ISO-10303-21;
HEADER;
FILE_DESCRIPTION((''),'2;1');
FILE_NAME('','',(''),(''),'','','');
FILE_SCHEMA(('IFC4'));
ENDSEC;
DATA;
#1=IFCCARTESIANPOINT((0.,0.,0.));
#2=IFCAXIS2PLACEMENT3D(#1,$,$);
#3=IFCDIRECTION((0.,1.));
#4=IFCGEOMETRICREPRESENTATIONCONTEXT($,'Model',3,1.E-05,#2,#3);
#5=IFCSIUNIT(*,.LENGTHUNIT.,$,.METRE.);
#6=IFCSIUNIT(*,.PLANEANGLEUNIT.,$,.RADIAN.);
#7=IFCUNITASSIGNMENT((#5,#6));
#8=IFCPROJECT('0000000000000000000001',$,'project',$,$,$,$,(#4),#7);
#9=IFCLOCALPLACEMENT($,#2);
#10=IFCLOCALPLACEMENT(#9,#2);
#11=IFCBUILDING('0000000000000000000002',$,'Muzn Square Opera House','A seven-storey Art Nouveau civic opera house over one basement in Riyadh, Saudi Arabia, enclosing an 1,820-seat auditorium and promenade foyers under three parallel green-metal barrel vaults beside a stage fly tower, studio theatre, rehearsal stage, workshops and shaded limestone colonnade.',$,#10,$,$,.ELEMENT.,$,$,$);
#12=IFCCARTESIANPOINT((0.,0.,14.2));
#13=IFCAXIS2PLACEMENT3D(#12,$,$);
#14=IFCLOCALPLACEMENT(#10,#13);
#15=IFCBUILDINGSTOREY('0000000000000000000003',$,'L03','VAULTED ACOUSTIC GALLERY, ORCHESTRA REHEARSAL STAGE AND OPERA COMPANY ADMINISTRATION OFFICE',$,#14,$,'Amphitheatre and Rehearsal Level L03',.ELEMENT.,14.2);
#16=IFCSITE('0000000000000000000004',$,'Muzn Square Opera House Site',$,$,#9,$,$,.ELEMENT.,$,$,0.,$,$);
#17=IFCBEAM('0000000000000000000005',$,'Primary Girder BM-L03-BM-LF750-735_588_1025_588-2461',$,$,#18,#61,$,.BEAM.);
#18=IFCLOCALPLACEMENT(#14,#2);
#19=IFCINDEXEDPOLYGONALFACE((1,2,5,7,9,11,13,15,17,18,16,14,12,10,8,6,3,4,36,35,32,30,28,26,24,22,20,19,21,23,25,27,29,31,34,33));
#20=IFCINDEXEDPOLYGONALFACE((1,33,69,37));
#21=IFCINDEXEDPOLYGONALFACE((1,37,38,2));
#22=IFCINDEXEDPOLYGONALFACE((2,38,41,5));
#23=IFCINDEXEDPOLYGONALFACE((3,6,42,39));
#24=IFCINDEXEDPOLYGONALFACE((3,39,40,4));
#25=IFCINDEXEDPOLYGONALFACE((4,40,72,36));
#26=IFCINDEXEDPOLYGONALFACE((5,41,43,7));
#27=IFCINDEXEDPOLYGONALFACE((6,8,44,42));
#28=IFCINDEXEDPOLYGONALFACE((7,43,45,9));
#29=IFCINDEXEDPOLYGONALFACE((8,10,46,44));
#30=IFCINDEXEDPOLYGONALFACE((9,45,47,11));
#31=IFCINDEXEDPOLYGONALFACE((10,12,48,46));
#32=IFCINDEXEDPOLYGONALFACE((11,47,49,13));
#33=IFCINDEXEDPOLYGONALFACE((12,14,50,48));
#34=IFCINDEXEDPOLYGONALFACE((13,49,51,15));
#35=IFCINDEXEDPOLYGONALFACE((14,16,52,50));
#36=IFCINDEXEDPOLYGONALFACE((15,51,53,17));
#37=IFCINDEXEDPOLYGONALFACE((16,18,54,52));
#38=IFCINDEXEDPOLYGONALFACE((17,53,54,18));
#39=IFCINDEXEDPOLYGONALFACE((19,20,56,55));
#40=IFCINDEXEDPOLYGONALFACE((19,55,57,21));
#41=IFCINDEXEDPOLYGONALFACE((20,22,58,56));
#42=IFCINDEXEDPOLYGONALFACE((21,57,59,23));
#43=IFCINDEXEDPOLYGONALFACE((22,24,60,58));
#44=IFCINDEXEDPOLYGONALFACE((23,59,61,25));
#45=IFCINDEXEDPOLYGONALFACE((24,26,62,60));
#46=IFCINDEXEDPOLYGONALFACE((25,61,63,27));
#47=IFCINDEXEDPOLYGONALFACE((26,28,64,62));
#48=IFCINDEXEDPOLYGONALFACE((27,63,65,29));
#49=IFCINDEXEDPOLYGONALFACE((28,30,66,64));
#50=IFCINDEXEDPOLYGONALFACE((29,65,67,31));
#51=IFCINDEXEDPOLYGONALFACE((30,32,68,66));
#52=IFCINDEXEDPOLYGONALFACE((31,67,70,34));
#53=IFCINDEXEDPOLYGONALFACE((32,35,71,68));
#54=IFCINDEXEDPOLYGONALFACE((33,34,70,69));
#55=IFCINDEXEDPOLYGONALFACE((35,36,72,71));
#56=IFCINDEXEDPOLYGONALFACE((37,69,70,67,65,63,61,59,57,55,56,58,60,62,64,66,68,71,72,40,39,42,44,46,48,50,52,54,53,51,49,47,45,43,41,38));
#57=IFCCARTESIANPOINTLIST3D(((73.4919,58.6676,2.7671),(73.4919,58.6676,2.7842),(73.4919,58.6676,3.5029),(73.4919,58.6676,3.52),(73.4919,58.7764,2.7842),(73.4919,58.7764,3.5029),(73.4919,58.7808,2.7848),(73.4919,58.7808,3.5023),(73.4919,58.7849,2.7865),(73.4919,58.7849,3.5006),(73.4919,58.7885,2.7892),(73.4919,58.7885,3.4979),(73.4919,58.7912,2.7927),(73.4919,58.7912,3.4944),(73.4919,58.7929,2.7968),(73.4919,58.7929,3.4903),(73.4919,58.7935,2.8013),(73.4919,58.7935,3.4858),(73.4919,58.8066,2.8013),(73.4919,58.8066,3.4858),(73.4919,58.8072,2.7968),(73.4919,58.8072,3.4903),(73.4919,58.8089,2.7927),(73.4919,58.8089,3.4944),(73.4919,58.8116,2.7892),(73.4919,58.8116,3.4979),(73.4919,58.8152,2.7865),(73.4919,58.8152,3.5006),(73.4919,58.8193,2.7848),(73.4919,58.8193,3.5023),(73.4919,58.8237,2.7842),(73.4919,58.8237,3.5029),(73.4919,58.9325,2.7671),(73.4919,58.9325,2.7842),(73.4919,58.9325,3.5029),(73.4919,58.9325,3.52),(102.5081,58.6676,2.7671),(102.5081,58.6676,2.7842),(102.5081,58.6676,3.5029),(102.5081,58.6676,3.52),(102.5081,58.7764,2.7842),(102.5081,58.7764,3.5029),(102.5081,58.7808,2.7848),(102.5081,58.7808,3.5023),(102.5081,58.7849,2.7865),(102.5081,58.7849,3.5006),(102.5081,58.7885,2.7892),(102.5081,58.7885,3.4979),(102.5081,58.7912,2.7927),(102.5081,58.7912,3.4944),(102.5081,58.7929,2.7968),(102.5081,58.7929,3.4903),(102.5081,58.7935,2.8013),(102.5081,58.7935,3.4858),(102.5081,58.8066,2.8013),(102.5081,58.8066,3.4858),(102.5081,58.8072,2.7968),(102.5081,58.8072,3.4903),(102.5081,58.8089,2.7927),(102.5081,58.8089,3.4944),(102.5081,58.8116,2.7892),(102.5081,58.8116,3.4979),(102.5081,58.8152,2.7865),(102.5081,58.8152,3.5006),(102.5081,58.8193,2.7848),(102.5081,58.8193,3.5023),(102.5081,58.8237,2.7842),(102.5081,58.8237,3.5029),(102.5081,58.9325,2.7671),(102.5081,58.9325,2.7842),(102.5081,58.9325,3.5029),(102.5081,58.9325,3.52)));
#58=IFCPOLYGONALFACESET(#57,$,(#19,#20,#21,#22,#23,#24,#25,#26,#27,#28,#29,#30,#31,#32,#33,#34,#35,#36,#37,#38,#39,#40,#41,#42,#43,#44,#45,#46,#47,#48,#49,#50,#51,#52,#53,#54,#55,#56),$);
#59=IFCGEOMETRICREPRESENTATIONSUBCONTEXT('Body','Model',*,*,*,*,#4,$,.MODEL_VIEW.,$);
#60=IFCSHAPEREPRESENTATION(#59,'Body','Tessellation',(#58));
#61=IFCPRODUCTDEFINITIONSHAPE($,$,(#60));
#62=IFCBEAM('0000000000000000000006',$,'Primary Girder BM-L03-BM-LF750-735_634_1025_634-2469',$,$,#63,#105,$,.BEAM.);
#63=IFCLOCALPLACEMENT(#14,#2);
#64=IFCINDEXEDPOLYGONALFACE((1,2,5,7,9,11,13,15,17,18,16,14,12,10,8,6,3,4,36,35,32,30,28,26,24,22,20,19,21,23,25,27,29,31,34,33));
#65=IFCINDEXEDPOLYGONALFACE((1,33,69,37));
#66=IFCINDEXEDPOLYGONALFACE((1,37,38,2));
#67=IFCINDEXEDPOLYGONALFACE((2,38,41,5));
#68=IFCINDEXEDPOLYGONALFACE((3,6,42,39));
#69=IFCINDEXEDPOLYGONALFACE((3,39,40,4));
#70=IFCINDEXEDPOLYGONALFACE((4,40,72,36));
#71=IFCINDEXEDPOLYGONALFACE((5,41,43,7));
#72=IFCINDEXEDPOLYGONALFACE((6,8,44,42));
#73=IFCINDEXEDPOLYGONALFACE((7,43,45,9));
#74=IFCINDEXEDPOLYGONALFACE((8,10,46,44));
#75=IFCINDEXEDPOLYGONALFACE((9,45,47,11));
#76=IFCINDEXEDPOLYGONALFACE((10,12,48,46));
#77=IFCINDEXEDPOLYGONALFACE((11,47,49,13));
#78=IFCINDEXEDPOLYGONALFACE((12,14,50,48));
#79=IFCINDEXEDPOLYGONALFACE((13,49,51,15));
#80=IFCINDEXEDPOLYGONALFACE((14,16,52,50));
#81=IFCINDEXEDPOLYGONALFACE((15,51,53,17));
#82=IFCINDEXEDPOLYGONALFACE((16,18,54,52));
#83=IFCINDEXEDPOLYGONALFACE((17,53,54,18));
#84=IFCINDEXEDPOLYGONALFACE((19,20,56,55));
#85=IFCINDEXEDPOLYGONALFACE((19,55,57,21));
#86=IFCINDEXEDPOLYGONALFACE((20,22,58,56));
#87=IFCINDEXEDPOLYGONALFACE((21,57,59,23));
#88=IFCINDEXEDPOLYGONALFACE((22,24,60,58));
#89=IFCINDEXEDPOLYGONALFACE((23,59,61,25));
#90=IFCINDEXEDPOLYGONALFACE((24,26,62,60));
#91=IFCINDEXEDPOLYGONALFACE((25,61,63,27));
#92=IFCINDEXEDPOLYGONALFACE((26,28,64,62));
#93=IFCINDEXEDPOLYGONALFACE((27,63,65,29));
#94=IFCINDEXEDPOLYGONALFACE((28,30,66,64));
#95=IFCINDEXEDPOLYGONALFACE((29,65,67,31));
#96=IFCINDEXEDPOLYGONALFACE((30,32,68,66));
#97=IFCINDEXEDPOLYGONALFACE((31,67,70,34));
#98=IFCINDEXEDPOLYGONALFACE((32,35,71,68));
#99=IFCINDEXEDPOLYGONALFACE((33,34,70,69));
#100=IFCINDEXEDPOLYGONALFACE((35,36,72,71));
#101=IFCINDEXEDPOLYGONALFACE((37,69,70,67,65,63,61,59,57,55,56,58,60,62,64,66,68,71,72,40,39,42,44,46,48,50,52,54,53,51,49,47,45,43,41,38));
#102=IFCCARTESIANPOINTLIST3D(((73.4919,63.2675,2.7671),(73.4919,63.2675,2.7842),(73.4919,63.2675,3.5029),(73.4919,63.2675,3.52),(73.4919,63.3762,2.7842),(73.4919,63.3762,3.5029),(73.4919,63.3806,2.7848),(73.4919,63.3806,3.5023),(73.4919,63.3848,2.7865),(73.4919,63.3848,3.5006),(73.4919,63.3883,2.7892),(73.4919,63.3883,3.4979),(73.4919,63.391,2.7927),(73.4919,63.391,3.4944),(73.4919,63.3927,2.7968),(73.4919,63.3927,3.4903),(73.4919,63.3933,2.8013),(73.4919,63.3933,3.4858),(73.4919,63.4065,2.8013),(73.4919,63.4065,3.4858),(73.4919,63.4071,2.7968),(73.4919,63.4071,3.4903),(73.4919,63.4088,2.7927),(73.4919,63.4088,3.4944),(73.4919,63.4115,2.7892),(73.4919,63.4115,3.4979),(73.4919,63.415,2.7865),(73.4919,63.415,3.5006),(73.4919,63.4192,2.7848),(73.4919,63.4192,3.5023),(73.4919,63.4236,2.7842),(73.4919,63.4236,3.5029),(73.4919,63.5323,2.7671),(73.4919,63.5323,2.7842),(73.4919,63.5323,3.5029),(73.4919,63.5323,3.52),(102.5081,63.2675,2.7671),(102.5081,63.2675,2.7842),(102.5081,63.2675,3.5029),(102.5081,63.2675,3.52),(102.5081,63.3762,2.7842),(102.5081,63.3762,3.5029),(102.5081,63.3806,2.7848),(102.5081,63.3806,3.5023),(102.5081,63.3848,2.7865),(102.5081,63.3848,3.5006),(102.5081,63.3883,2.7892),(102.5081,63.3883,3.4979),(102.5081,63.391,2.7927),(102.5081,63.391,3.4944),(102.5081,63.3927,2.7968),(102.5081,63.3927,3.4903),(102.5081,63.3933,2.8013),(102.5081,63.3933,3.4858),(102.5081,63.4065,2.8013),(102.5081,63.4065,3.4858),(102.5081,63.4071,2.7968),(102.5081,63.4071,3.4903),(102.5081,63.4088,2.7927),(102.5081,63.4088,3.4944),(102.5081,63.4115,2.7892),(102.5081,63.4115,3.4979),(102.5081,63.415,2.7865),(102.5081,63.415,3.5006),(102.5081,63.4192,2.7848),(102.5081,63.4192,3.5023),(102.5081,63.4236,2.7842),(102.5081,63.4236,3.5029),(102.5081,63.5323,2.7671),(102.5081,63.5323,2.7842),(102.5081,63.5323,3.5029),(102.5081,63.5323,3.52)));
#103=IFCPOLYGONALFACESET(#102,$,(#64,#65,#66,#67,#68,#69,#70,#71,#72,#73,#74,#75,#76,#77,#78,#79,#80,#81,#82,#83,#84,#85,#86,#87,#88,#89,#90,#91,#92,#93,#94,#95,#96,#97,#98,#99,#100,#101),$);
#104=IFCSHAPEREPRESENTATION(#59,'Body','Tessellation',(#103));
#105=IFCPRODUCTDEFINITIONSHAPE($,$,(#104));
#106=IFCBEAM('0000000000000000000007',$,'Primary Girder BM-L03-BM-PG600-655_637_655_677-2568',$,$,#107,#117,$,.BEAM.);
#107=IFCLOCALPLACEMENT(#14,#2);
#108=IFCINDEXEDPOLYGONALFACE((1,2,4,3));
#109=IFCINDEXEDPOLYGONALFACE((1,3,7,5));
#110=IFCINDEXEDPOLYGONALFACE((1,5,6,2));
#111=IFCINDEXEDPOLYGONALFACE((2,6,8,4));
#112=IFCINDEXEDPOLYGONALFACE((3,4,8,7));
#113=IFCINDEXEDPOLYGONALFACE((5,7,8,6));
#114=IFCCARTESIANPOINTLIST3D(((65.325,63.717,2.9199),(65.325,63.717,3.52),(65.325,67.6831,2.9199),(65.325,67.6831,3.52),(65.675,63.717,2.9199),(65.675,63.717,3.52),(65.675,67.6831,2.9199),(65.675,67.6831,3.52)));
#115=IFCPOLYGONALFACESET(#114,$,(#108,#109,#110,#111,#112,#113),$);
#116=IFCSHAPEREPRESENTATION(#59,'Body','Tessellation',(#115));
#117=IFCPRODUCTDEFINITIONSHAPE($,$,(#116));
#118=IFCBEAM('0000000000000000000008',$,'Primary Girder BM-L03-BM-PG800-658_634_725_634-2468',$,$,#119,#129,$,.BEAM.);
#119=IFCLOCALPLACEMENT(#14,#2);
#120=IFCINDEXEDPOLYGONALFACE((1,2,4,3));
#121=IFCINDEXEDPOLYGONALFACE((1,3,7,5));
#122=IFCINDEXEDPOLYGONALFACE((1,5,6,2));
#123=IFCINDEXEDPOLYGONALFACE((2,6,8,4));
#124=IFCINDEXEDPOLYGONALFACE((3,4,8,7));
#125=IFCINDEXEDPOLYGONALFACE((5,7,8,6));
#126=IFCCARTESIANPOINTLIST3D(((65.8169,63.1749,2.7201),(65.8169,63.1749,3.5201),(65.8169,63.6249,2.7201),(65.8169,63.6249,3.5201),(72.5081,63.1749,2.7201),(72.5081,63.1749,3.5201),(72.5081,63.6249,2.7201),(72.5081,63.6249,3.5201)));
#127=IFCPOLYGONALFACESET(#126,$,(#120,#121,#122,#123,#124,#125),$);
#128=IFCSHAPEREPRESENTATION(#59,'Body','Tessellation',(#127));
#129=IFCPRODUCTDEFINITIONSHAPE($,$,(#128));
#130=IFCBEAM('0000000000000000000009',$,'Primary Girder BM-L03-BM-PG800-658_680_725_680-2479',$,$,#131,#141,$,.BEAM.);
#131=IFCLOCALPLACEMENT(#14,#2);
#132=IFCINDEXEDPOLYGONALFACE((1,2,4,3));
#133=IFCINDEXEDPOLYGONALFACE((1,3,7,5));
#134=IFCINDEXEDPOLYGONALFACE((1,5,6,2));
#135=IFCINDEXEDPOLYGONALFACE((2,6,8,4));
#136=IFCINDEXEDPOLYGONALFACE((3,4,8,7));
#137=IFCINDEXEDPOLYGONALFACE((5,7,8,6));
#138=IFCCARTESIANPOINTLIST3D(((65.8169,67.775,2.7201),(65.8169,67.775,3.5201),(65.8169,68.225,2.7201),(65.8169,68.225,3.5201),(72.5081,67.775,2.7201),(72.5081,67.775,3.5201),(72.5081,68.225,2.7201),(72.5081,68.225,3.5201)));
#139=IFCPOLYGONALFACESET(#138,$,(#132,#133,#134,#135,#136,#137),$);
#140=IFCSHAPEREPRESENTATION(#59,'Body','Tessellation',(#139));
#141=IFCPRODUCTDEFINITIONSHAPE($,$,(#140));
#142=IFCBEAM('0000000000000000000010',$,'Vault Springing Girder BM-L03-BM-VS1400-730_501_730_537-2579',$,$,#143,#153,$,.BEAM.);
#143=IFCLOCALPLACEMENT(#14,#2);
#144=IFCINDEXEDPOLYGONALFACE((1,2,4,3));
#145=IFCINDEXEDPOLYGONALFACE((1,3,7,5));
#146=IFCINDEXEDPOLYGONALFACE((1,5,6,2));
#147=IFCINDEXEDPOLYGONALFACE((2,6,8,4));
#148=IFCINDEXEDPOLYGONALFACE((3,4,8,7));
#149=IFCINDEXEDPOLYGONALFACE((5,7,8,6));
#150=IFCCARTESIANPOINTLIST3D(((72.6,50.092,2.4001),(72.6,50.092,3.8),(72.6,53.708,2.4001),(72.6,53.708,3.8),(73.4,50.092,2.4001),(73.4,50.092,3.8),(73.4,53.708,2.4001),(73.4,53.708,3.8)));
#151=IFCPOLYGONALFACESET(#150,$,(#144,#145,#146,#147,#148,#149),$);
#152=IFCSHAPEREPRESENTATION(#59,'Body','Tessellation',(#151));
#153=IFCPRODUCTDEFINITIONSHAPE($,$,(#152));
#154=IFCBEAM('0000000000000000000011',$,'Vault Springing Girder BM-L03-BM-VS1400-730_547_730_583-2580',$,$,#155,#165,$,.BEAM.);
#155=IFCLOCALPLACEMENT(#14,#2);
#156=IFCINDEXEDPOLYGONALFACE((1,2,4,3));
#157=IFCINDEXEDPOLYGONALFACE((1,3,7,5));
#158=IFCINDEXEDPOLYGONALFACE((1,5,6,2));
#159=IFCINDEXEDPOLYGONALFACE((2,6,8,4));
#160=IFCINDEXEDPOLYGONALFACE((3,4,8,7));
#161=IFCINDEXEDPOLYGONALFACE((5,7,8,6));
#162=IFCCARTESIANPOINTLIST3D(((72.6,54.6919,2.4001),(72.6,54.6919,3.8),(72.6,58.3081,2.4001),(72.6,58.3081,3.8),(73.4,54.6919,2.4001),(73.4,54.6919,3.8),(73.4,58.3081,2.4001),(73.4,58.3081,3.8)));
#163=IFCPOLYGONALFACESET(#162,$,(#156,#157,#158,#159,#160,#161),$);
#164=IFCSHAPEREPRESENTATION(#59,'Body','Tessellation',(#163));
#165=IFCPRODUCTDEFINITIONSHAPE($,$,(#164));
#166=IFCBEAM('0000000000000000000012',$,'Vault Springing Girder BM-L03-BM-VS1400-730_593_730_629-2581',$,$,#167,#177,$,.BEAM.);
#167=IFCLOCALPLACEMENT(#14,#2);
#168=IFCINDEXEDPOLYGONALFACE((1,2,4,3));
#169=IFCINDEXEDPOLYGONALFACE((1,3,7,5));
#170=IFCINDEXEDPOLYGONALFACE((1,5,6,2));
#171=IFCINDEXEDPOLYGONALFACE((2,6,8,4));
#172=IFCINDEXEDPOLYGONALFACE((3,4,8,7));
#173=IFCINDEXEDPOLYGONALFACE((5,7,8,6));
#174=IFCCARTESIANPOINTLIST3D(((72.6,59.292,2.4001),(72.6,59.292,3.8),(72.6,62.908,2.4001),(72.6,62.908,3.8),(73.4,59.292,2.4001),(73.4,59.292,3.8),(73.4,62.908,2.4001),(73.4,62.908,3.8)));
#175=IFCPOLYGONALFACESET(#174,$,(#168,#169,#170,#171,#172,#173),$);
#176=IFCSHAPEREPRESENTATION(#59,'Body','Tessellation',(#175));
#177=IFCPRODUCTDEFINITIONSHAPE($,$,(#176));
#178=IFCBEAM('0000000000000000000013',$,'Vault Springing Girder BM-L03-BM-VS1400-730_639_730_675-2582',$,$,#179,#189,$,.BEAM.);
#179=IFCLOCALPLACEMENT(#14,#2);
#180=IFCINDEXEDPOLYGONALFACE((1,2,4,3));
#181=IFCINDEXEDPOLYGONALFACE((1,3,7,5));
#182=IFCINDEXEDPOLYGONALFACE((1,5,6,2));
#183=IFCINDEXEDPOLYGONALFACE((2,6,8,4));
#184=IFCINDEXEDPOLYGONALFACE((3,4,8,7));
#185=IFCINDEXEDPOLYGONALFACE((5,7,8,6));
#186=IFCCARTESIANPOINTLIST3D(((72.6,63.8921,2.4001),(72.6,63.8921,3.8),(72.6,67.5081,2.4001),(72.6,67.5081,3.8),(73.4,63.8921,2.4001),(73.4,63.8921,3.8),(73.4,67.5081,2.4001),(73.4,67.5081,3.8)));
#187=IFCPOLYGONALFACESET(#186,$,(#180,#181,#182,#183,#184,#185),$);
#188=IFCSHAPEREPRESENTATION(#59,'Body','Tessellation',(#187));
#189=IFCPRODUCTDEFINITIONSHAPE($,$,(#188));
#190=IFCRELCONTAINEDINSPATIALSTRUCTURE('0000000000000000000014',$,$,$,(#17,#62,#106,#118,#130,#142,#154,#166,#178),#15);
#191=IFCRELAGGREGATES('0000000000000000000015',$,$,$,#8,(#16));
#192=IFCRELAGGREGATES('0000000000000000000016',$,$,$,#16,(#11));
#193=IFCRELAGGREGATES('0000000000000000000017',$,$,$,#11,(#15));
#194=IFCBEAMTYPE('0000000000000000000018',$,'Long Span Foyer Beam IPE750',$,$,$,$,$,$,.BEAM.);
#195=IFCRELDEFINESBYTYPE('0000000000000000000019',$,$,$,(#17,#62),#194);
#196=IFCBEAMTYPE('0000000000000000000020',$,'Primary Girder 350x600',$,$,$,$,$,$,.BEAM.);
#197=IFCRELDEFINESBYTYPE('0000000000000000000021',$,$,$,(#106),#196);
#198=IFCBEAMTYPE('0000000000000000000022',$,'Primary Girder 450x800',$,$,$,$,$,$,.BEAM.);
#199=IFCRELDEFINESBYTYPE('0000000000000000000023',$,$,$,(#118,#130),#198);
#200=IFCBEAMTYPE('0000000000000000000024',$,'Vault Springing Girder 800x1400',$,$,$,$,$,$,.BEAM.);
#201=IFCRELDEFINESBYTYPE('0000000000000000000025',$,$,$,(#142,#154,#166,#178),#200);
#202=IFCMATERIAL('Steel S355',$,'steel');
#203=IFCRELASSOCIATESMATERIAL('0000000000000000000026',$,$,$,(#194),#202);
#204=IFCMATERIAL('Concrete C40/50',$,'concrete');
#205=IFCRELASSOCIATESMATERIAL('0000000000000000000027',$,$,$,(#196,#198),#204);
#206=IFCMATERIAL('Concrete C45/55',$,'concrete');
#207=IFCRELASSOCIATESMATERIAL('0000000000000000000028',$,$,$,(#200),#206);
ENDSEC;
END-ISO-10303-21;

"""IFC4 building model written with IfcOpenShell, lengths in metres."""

from ifc_helpers import new_model, si_unit, direction, frame, origin, origin_2d, place, context, subcontext, project, spatial, rectangle, i_section, extrude, material, material_profile, profile_set, type_object, element, save


model = new_model("IFC4")

# Units and contexts
model_context = context("Model", 3, precision=1e-05, world=origin(), true_north=direction((0.0, 1.0)))
body_context = subcontext(model_context, "Body", "Model", "MODEL_VIEW")
ifc_project = project(units=[si_unit("LENGTHUNIT", "METRE"), si_unit("PLANEANGLEUNIT", "RADIAN")], contexts=[model_context])

# Site, building, storey
site_placement = place(None, origin())
site = spatial("IfcSite", under=ifc_project, at=site_placement, Name="Muzn Square Opera House Site", CompositionType="ELEMENT", RefElevation=0.0)
building_placement = place(site_placement, origin())
building = spatial("IfcBuilding", under=site, at=building_placement, Name="Muzn Square Opera House", Description="A seven-storey Art Nouveau civic opera house over one basement in Riyadh, Saudi Arabia, enclosing an 1,820-seat auditorium and promenade foyers under three parallel green-metal barrel vaults beside a stage fly tower, studio theatre, rehearsal stage, workshops and shaded limestone colonnade.", CompositionType="ELEMENT")
storey_placement = place(building_placement, frame((0.0, 0.0, 14.2)))
storey = spatial("IfcBuildingStorey", under=building, at=storey_placement, Name="L03", Description="VAULTED ACOUSTIC GALLERY, ORCHESTRA REHEARSAL STAGE AND OPERA COMPANY ADMINISTRATION OFFICE", LongName="Amphitheatre and Rehearsal Level L03", CompositionType="ELEMENT", Elevation=14.2)

# Shared definitions
ifc_material_1 = material(Name="Concrete C45/55", Category="concrete")

# Beams
ifc_material_2 = material(Name="Steel S355", Category="steel")
ifc_material_profile_1 = material_profile(ifc_material_2, i_section(OverallWidth=0.2649, OverallDepth=0.7529, WebThickness=0.0132, FlangeThickness=0.0171, FilletRadius=0.0171, at=origin_2d()), Name="IPE 750x147", Category="steel")
ifc_profile_set_1 = profile_set([ifc_material_profile_1], Name="Steel S355")
beam_type_1 = type_object("IfcBeamType", Name="Long Span Foyer Beam IPE750", PredefinedType="BEAM", material=ifc_profile_set_1)
for number, where, z_axis, x_axis, name in (
    (1, (73.4919, 58.8, 3.1436), (1.0, 0.0, 0.0), (0.0, 1.0, 0.0), "Primary Girder BM-L03-BM-LF750-735_588_1025_588-2461"),
    (2, (73.4919, 63.3999, 3.1436), (1.0, 0.0, 0.0), (0.0, 1.0, 0.0), "Primary Girder BM-L03-BM-LF750-735_634_1025_634-2469"),
):
    element("IfcBeam", number, at=place(storey_placement, frame(where, z_axis=z_axis, x_axis=x_axis)), inside=storey, type_object=beam_type_1, Name=name, PredefinedType="BEAM", context=body_context, shape_type="SweptSolid", body=[
        extrude(i_section(OverallWidth=0.2649, OverallDepth=0.7529, WebThickness=0.0132, FlangeThickness=0.0171, FilletRadius=0.0171, at=origin_2d()), origin(), (0.0, 0.0, 1.0), 29.0161),
    ])
ifc_material_3 = material(Name="Concrete C40/50", Category="concrete")
ifc_material_profile_2 = material_profile(ifc_material_3, rectangle(XDim=0.3501, YDim=0.6001, at=origin_2d()), Name="RCB 350x600", Category="concrete")
ifc_profile_set_2 = profile_set([ifc_material_profile_2], Name="Concrete C40/50")
beam_type_2 = type_object("IfcBeamType", Name="Primary Girder 350x600", PredefinedType="BEAM", material=ifc_profile_set_2)
beam_1_placement = place(storey_placement, frame((65.5, 63.717, 3.22), z_axis=(0.0, 1.0, 0.0), x_axis=(-1.0, 0.0, 0.0)))
element("IfcBeam", 3, at=beam_1_placement, inside=storey, type_object=beam_type_2, Name="Primary Girder BM-L03-BM-PG600-655_637_655_677-2568", PredefinedType="BEAM", context=body_context, shape_type="SweptSolid", body=[
    extrude(rectangle(XDim=0.3501, YDim=0.6001, at=origin_2d()), origin(), (0.0, 0.0, 1.0), 3.9661),
])
ifc_material_profile_3 = material_profile(ifc_material_3, rectangle(XDim=0.45, YDim=0.8, at=origin_2d()), Name="RCB 450x800", Category="concrete")
ifc_profile_set_3 = profile_set([ifc_material_profile_3], Name="Concrete C40/50")
beam_type_3 = type_object("IfcBeamType", Name="Primary Girder 450x800", PredefinedType="BEAM", material=ifc_profile_set_3)
for number, where, z_axis, x_axis, name in (
    (4, (65.8169, 63.3999, 3.1201), (1.0, 0.0, 0.0), (0.0, 1.0, 0.0), "Primary Girder BM-L03-BM-PG800-658_634_725_634-2468"),
    (5, (65.8169, 68.0, 3.1201), (1.0, 0.0, 0.0), (0.0, 1.0, 0.0), "Primary Girder BM-L03-BM-PG800-658_680_725_680-2479"),
):
    element("IfcBeam", number, at=place(storey_placement, frame(where, z_axis=z_axis, x_axis=x_axis)), inside=storey, type_object=beam_type_3, Name=name, PredefinedType="BEAM", context=body_context, shape_type="SweptSolid", body=[
        extrude(rectangle(XDim=0.45, YDim=0.8, at=origin_2d()), origin(), (0.0, 0.0, 1.0), 6.6912),
    ])
ifc_material_profile_4 = material_profile(ifc_material_1, rectangle(XDim=0.8, YDim=1.3999, at=origin_2d()), Name="RCB 800x1400", Category="concrete")
ifc_profile_set_4 = profile_set([ifc_material_profile_4], Name="Concrete C45/55")
beam_type_4 = type_object("IfcBeamType", Name="Vault Springing Girder 800x1400", PredefinedType="BEAM", material=ifc_profile_set_4)
beam_2_placement = place(storey_placement, frame((73.0, 50.092, 3.1001), z_axis=(0.0, 1.0, 0.0), x_axis=(-1.0, 0.0, 0.0)))
element("IfcBeam", 6, at=beam_2_placement, inside=storey, type_object=beam_type_4, Name="Vault Springing Girder BM-L03-BM-VS1400-730_501_730_537-2579", PredefinedType="BEAM", context=body_context, shape_type="SweptSolid", body=[
    extrude(rectangle(XDim=0.8, YDim=1.3999, at=origin_2d()), origin(), (0.0, 0.0, 1.0), 3.616),
])
beam_3_placement = place(storey_placement, frame((73.0, 54.6919, 3.1001), z_axis=(0.0, 1.0, 0.0), x_axis=(-1.0, 0.0, 0.0)))
element("IfcBeam", 7, at=beam_3_placement, inside=storey, type_object=beam_type_4, Name="Vault Springing Girder BM-L03-BM-VS1400-730_547_730_583-2580", PredefinedType="BEAM", context=body_context, shape_type="SweptSolid", body=[
    extrude(rectangle(XDim=0.8, YDim=1.3999, at=origin_2d()), origin(), (0.0, 0.0, 1.0), 3.6162),
])
for number, where, z_axis, x_axis, name in (
    (8, (73.0, 59.292, 3.1001), (0.0, 1.0, 0.0), (-1.0, 0.0, 0.0), "Vault Springing Girder BM-L03-BM-VS1400-730_593_730_629-2581"),
    (9, (73.0, 63.8921, 3.1001), (0.0, 1.0, 0.0), (-1.0, 0.0, 0.0), "Vault Springing Girder BM-L03-BM-VS1400-730_639_730_675-2582"),
):
    element("IfcBeam", number, at=place(storey_placement, frame(where, z_axis=z_axis, x_axis=x_axis)), inside=storey, type_object=beam_type_4, Name=name, PredefinedType="BEAM", context=body_context, shape_type="SweptSolid", body=[
        extrude(rectangle(XDim=0.8, YDim=1.3999, at=origin_2d()), origin(), (0.0, 0.0, 1.0), 3.616),
    ])

save(model, "model.ifc")
